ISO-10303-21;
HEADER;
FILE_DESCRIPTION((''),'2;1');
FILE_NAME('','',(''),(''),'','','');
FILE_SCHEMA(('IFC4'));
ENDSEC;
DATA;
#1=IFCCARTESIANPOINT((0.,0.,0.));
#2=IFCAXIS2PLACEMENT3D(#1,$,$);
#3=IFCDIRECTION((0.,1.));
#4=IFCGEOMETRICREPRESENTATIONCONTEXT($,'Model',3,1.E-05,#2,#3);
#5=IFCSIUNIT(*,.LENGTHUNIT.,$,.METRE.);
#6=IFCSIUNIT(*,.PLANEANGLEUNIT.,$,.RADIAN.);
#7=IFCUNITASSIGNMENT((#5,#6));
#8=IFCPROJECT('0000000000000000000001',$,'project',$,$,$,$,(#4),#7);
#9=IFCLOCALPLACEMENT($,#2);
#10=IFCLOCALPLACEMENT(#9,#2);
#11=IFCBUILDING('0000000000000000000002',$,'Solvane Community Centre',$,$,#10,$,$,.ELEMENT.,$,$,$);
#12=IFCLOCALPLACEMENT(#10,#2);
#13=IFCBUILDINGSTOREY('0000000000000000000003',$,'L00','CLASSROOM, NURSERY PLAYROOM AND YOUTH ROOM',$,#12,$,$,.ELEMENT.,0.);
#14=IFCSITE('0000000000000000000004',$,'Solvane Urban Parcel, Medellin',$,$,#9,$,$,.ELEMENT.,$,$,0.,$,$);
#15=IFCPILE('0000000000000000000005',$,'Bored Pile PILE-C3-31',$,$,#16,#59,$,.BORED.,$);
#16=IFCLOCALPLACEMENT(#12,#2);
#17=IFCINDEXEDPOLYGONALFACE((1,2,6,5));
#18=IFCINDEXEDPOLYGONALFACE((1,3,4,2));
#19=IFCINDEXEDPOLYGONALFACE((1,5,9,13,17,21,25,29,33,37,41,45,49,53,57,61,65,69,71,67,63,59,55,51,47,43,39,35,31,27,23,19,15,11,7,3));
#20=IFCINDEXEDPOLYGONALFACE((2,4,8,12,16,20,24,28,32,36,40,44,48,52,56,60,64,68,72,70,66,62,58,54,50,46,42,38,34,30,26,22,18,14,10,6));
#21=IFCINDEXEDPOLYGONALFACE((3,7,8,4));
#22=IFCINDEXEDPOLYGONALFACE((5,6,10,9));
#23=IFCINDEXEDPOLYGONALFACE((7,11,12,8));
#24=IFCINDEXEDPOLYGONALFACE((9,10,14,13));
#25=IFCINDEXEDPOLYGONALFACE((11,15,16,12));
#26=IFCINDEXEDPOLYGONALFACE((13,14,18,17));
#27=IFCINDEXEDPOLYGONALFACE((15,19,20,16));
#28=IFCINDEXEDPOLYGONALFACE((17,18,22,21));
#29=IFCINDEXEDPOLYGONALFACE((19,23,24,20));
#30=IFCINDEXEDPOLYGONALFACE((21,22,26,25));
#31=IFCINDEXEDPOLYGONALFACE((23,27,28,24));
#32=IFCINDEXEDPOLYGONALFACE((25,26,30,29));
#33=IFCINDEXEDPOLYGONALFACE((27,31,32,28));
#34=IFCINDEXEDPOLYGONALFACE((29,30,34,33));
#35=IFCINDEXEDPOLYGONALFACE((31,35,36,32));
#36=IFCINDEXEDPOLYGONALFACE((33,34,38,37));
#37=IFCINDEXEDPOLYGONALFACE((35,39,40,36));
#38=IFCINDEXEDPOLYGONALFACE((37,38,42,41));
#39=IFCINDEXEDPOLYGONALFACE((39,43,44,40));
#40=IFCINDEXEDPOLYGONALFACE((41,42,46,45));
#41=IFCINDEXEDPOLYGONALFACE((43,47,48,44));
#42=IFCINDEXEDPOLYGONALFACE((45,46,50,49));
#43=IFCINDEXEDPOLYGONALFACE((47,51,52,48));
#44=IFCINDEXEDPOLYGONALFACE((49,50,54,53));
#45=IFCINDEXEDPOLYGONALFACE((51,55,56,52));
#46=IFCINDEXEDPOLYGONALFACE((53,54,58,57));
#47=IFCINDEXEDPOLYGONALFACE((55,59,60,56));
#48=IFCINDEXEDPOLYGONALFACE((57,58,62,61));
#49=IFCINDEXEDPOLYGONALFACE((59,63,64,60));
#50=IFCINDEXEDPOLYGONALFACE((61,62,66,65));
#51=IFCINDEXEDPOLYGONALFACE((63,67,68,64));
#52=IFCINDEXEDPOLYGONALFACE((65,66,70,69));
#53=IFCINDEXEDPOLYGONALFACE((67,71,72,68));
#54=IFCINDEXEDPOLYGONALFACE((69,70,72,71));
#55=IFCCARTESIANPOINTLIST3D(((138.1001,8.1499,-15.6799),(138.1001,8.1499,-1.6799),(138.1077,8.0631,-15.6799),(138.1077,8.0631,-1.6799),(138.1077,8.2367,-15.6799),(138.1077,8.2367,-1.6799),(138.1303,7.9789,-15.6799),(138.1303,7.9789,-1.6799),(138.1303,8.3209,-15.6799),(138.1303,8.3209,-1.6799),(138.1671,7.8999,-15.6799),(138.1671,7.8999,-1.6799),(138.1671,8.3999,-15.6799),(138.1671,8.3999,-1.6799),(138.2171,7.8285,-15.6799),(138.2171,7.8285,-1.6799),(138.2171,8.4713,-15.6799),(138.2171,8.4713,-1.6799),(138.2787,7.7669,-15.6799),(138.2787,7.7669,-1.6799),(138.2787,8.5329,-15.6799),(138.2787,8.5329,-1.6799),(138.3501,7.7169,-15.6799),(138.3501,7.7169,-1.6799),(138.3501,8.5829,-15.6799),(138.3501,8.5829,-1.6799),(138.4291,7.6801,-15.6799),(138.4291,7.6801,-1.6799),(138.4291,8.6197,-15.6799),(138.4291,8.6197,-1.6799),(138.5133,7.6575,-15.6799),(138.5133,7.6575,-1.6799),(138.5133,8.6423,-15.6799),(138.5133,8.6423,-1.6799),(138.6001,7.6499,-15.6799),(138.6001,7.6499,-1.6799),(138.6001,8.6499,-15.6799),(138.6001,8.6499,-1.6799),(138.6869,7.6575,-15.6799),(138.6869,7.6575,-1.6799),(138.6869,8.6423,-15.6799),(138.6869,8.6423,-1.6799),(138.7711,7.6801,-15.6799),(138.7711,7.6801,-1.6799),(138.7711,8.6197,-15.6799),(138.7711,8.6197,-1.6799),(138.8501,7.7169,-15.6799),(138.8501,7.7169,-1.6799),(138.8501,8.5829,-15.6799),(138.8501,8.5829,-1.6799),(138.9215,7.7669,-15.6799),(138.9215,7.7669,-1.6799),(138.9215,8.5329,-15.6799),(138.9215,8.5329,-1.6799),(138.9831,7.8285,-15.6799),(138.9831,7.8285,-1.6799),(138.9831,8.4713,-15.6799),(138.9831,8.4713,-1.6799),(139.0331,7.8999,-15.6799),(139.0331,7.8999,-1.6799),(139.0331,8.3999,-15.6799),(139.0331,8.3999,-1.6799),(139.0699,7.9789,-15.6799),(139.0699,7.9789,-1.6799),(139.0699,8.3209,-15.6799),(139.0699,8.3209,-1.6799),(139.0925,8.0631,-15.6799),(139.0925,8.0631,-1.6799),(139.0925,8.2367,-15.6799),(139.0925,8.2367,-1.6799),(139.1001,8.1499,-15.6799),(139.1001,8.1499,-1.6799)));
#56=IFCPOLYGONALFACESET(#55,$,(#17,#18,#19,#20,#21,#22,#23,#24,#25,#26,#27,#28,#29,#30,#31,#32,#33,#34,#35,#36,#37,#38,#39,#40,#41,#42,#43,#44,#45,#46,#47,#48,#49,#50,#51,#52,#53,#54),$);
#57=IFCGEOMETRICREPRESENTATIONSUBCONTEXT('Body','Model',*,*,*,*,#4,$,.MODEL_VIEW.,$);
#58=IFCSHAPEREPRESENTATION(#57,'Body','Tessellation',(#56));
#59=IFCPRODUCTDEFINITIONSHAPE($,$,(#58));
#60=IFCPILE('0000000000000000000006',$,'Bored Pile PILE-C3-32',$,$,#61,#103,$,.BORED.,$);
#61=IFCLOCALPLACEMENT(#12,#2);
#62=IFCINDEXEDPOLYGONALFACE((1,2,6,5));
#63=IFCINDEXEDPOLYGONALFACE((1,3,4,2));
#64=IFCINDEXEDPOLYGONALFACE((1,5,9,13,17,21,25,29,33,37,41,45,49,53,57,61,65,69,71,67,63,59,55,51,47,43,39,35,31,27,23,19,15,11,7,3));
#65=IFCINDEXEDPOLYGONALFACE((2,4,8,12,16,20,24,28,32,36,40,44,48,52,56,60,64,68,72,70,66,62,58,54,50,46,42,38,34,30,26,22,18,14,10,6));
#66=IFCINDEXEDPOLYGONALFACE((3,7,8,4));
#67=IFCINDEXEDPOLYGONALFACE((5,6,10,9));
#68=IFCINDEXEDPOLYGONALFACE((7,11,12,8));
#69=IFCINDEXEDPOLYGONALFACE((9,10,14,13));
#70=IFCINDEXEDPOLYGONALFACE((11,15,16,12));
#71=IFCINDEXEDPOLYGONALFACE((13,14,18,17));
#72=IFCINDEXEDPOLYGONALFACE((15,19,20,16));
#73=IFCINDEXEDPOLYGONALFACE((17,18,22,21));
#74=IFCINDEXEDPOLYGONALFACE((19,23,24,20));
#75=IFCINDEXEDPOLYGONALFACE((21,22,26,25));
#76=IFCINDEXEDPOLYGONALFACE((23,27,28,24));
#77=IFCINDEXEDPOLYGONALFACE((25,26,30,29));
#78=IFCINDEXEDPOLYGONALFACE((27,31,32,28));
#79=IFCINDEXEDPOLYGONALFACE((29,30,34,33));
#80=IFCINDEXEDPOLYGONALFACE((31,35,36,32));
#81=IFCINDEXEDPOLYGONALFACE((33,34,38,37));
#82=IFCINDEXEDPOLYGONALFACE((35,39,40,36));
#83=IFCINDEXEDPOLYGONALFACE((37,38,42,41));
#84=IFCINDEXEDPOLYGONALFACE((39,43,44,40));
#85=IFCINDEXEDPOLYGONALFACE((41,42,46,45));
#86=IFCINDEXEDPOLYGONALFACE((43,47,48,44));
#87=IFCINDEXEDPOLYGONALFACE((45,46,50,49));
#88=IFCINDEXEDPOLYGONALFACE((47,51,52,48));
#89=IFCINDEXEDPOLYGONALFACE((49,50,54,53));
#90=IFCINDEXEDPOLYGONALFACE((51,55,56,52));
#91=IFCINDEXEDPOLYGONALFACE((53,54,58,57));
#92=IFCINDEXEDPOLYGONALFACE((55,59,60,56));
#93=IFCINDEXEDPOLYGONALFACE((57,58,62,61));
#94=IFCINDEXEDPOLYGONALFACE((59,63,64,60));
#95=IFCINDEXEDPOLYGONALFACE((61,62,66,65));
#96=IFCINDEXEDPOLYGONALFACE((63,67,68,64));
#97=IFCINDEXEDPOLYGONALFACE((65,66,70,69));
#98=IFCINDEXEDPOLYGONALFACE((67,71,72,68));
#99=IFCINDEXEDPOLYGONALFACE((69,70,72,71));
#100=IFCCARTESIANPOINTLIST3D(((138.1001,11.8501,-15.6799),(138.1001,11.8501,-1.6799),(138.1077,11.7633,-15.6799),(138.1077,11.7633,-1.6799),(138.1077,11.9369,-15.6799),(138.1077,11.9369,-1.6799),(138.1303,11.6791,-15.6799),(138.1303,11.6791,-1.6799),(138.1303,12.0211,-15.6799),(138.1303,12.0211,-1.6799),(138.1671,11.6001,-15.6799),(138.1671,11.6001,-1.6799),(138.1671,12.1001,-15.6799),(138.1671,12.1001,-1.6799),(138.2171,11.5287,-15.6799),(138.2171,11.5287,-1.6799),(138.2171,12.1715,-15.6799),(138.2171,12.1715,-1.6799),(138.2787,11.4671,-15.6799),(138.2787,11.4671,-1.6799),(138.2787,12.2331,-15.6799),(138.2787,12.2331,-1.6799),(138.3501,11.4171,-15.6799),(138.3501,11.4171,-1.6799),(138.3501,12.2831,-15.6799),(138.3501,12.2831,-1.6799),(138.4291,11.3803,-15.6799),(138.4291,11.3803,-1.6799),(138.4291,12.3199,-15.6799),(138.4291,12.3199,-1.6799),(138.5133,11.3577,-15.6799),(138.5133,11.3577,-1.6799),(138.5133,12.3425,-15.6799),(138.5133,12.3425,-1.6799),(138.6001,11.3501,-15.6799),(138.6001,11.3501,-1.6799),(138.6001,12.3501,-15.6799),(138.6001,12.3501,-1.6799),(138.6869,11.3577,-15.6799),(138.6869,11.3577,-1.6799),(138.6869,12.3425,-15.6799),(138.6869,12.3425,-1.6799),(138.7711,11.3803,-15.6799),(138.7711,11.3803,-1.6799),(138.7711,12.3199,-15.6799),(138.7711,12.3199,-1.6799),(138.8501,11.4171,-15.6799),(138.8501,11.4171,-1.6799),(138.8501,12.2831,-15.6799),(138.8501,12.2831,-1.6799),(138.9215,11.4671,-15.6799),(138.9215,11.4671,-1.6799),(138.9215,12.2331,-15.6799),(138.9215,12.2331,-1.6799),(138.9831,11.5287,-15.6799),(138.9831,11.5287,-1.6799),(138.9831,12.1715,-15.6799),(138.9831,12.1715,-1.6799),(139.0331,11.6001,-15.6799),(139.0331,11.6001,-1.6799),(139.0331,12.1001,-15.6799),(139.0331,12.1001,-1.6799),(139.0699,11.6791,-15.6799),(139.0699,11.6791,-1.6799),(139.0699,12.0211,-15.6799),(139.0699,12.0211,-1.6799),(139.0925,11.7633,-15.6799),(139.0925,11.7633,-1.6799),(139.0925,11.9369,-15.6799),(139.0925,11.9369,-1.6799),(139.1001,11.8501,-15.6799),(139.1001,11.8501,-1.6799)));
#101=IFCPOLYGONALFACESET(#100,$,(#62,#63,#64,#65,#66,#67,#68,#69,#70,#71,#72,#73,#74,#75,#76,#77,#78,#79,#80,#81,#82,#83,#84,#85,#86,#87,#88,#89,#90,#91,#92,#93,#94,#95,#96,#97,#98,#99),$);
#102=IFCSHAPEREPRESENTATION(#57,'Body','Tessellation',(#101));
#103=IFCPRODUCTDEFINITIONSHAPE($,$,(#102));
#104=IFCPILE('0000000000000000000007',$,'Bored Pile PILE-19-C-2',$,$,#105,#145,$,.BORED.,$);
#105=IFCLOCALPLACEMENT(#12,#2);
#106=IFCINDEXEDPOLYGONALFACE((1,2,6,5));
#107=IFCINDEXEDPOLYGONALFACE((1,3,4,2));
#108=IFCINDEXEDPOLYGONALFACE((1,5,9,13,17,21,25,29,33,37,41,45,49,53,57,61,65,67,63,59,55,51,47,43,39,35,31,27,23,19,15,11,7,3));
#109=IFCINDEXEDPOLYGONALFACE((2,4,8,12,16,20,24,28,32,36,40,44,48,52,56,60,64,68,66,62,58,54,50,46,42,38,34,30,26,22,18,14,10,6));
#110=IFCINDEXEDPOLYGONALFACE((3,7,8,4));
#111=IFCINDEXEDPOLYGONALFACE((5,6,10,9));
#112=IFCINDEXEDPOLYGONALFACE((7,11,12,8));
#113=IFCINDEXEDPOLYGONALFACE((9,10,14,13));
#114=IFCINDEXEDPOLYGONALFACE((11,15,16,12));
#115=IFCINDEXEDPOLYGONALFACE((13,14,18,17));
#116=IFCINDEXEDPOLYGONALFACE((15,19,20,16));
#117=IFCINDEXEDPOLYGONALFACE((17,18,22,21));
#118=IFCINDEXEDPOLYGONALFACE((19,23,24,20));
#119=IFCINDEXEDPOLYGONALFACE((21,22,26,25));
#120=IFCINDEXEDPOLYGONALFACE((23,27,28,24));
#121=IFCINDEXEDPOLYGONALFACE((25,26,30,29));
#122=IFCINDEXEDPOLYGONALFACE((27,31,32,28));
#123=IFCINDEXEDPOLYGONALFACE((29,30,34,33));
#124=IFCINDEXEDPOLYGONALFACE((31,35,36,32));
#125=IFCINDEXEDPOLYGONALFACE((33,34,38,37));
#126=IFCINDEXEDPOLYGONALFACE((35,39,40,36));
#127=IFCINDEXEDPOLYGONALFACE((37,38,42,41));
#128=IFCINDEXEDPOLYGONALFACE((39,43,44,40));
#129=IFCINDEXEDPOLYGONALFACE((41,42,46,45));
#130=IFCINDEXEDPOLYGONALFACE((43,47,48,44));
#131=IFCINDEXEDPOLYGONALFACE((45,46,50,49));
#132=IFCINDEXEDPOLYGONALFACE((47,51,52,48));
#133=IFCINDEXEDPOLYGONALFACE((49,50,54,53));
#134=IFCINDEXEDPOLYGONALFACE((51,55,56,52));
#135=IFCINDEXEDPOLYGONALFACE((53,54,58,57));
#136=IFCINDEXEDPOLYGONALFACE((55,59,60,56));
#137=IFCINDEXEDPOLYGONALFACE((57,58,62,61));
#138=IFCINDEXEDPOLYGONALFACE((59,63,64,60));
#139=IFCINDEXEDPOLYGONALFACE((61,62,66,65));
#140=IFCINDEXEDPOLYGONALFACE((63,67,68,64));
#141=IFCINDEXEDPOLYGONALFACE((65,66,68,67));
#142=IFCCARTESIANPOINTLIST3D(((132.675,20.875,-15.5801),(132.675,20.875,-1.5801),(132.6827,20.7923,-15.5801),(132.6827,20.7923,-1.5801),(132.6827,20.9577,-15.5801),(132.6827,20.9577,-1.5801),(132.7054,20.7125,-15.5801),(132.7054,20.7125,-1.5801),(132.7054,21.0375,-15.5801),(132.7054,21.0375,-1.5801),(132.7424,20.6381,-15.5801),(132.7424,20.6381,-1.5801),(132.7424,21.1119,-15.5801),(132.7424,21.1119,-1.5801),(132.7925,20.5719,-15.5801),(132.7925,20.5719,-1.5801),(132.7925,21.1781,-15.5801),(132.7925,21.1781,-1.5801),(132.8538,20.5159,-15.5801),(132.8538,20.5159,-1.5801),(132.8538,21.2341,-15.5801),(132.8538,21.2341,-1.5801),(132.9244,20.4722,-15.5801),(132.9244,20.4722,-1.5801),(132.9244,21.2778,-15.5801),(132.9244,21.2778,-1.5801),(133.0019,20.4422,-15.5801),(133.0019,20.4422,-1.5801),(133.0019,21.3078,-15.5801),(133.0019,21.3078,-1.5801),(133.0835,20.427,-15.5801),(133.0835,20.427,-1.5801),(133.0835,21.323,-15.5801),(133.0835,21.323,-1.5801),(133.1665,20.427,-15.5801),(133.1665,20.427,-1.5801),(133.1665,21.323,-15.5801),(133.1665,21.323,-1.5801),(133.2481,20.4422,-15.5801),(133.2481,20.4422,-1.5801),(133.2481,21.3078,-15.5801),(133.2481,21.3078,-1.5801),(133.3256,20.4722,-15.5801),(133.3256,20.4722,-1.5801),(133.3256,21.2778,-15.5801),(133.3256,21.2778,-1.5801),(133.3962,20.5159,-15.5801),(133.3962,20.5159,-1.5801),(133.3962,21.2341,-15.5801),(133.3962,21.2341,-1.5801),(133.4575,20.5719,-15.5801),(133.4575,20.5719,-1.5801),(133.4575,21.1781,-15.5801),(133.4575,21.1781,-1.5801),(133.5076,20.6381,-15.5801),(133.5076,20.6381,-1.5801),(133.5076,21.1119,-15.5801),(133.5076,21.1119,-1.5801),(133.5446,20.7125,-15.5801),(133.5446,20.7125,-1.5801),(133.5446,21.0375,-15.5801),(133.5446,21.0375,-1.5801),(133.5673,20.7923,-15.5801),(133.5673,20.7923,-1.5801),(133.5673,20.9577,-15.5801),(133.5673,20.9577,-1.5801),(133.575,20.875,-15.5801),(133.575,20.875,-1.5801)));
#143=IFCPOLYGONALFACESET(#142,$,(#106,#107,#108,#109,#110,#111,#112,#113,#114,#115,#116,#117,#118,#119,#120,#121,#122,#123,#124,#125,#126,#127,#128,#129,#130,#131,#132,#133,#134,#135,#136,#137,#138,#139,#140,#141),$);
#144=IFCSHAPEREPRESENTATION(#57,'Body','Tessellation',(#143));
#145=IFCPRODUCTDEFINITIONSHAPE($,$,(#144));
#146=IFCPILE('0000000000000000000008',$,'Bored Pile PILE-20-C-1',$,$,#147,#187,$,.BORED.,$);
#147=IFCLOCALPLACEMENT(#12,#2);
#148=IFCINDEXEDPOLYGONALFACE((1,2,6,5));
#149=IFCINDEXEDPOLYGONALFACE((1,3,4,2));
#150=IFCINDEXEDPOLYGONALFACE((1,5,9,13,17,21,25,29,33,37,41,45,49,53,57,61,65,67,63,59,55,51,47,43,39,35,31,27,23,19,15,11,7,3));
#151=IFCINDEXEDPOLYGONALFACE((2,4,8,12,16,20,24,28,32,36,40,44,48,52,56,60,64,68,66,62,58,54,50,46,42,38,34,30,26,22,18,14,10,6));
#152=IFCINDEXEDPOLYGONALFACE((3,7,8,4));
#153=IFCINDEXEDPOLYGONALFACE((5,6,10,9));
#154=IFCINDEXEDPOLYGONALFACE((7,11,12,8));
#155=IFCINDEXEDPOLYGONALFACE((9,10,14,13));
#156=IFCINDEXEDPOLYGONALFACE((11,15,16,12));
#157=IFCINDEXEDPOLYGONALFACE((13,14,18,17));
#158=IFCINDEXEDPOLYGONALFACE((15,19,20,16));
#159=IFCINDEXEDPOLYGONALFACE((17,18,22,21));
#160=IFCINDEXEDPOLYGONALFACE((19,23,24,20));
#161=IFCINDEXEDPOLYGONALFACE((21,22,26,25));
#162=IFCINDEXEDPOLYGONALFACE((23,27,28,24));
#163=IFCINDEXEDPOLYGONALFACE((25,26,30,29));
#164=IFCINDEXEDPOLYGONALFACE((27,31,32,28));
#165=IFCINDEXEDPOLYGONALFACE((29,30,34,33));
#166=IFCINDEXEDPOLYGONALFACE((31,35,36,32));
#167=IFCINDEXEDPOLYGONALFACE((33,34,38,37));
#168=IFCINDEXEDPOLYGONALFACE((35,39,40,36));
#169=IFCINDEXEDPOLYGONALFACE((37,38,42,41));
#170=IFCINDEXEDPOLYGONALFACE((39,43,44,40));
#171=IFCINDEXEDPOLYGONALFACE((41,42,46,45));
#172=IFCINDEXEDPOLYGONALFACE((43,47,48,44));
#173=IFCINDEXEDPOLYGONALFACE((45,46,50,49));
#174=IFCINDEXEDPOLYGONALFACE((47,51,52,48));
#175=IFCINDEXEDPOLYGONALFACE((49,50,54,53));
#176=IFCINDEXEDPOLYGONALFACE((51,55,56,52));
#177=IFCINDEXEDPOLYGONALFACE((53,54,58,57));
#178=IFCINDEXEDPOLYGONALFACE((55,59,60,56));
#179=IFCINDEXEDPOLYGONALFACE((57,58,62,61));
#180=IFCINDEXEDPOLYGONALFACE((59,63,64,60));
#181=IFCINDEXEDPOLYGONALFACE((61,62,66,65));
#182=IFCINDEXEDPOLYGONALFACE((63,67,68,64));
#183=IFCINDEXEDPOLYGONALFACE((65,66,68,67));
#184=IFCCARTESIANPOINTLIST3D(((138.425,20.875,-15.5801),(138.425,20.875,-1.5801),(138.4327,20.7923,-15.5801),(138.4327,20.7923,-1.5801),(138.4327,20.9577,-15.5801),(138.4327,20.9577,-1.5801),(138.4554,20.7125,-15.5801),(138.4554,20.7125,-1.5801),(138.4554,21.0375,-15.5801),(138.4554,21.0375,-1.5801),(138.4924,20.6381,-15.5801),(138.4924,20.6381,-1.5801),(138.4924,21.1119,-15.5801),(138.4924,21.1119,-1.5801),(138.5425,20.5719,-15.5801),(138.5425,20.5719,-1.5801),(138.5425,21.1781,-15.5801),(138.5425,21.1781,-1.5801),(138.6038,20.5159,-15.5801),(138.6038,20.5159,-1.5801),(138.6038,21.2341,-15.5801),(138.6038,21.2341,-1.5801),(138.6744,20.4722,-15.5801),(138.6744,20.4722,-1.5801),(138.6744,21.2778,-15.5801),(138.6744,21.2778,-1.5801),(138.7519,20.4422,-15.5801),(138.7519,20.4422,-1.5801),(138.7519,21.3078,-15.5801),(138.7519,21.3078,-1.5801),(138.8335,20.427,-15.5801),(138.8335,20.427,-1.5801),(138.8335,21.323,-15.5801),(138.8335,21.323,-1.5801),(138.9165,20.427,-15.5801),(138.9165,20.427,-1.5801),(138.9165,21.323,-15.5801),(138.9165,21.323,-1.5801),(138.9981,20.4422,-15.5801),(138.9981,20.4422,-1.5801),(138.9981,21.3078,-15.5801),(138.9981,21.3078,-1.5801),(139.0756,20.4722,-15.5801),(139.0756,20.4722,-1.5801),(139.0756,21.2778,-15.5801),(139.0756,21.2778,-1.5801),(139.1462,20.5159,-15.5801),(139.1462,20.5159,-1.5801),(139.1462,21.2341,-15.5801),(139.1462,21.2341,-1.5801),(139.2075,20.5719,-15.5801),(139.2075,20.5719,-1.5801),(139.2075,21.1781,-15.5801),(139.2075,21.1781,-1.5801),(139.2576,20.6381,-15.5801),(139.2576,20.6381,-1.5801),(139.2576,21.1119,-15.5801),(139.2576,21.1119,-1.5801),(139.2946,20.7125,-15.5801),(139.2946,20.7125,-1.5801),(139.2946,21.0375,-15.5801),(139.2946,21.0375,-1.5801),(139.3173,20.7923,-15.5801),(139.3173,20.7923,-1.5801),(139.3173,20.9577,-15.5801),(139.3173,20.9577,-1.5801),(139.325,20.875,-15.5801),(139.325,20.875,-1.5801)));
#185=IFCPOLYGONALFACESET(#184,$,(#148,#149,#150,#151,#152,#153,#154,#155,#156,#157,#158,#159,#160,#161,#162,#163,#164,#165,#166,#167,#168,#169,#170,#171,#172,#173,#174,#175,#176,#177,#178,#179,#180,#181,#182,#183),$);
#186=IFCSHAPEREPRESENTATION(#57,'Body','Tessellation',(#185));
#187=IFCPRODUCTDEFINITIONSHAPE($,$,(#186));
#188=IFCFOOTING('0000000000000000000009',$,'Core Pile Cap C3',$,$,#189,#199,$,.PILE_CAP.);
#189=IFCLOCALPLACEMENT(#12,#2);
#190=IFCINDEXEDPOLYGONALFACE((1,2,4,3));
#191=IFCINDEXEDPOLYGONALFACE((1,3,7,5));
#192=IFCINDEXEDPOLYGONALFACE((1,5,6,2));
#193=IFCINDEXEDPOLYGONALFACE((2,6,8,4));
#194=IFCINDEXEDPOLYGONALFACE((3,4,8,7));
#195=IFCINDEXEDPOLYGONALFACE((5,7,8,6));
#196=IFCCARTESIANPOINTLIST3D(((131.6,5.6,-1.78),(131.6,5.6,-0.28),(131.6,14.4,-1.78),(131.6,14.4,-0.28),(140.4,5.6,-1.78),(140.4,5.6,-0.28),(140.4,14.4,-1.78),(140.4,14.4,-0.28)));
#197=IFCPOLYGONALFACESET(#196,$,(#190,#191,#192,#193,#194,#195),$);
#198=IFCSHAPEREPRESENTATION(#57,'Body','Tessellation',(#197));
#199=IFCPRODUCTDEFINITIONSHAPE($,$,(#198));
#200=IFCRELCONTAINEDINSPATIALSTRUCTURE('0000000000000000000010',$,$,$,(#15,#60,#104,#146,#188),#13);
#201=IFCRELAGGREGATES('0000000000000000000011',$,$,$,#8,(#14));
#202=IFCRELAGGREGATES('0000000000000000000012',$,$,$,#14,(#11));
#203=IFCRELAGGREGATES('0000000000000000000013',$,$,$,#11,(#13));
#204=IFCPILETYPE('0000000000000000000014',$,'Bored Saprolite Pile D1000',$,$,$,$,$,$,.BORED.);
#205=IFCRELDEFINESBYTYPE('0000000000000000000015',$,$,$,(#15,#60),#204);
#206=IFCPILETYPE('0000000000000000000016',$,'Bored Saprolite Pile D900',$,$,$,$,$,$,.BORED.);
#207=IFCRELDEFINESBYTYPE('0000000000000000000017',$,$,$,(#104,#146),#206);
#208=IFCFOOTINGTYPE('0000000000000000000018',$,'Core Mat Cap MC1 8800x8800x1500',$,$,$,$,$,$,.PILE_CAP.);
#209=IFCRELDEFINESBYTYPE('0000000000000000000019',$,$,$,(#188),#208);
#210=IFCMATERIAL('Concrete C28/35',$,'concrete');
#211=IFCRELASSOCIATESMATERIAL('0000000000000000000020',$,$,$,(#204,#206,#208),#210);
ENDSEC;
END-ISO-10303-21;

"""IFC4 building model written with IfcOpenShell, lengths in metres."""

from ifc_helpers import new_model, si_unit, direction, frame, origin, origin_2d, place, context, subcontext, project, spatial, rectangle, circle, extrude, material, material_profile, profile_set, type_object, element, save


model = new_model("IFC4")

# Units and contexts
model_context = context("Model", 3, precision=1e-05, world=origin(), true_north=direction((0.0, 1.0)))
body_context = subcontext(model_context, "Body", "Model", "MODEL_VIEW")
ifc_project = project(units=[si_unit("LENGTHUNIT", "METRE"), si_unit("PLANEANGLEUNIT", "RADIAN")], contexts=[model_context])

# Site, building, storey
site_placement = place(None, origin())
site = spatial("IfcSite", under=ifc_project, at=site_placement, Name="Solvane Urban Parcel, Medellin", CompositionType="ELEMENT", RefElevation=0.0)
building_placement = place(site_placement, origin())
building = spatial("IfcBuilding", under=site, at=building_placement, Name="Solvane Community Centre", CompositionType="ELEMENT")
storey_placement = place(building_placement, origin())
storey = spatial("IfcBuildingStorey", under=building, at=storey_placement, Name="L00", Description="CLASSROOM, NURSERY PLAYROOM AND YOUTH ROOM", CompositionType="ELEMENT", Elevation=0.0)

# Piles
ifc_material_1 = material(Name="Concrete C28/35", Category="concrete")
ifc_material_profile_1 = material_profile(ifc_material_1, circle(Radius=0.5, at=origin_2d()), Name="PILE D1000")
ifc_profile_set_1 = profile_set([ifc_material_profile_1], Name="Concrete C28/35")
pile_type_1 = type_object("IfcPileType", Name="Bored Saprolite Pile D1000", PredefinedType="BORED", material=ifc_profile_set_1)
for number, where, z_axis, x_axis, name in (
    (1, (138.6001, 8.1499, -1.6799), (0.0, 0.0, -1.0), (1.0, 0.0, 0.0), "Bored Pile PILE-C3-31"),
    (2, (138.6001, 11.8501, -1.6799), (0.0, 0.0, -1.0), (1.0, 0.0, 0.0), "Bored Pile PILE-C3-32"),
):
    element("IfcPile", number, at=place(storey_placement, frame(where, z_axis=z_axis, x_axis=x_axis)), inside=storey, type_object=pile_type_1, Name=name, PredefinedType="BORED", context=body_context, shape_type="SweptSolid", body=[
        extrude(circle(Radius=0.5, at=origin_2d()), origin(), (0.0, 0.0, 1.0), 14.0),
    ])
ifc_material_profile_2 = material_profile(ifc_material_1, circle(Radius=0.45, at=origin_2d()), Name="PILE D900")
ifc_profile_set_2 = profile_set([ifc_material_profile_2], Name="Concrete C28/35")
pile_type_2 = type_object("IfcPileType", Name="Bored Saprolite Pile D900", PredefinedType="BORED", material=ifc_profile_set_2)
for number, where, z_axis, x_axis, name in (
    (3, (133.125, 20.875, -1.5801), (0.0, 0.0, -1.0), (1.0, 0.0, 0.0), "Bored Pile PILE-19-C-2"),
    (4, (138.875, 20.875, -1.5801), (0.0, 0.0, -1.0), (1.0, 0.0, 0.0), "Bored Pile PILE-20-C-1"),
):
    element("IfcPile", number, at=place(storey_placement, frame(where, z_axis=z_axis, x_axis=x_axis)), inside=storey, type_object=pile_type_2, Name=name, PredefinedType="BORED", context=body_context, shape_type="SweptSolid", body=[
        extrude(circle(Radius=0.45, at=origin_2d()), origin(), (0.0, 0.0, 1.0), 14.0),
    ])

# Footing
footing_type_1 = type_object("IfcFootingType", Name="Core Mat Cap MC1 8800x8800x1500", PredefinedType="PILE_CAP", material=ifc_material_1)
footing_1_placement = place(storey_placement, frame((136.0, 10.0, -1.78), z_axis=(0.0, 0.0, 1.0), x_axis=(1.0, 0.0, 0.0)))
element("IfcFooting", 5, at=footing_1_placement, inside=storey, type_object=footing_type_1, Name="Core Pile Cap C3", PredefinedType="PILE_CAP", context=body_context, shape_type="SweptSolid", body=[
    extrude(rectangle(XDim=8.8, YDim=8.8, at=origin_2d()), origin(), (0.0, 0.0, 1.0), 1.5),
])

save(model, "model.ifc")
